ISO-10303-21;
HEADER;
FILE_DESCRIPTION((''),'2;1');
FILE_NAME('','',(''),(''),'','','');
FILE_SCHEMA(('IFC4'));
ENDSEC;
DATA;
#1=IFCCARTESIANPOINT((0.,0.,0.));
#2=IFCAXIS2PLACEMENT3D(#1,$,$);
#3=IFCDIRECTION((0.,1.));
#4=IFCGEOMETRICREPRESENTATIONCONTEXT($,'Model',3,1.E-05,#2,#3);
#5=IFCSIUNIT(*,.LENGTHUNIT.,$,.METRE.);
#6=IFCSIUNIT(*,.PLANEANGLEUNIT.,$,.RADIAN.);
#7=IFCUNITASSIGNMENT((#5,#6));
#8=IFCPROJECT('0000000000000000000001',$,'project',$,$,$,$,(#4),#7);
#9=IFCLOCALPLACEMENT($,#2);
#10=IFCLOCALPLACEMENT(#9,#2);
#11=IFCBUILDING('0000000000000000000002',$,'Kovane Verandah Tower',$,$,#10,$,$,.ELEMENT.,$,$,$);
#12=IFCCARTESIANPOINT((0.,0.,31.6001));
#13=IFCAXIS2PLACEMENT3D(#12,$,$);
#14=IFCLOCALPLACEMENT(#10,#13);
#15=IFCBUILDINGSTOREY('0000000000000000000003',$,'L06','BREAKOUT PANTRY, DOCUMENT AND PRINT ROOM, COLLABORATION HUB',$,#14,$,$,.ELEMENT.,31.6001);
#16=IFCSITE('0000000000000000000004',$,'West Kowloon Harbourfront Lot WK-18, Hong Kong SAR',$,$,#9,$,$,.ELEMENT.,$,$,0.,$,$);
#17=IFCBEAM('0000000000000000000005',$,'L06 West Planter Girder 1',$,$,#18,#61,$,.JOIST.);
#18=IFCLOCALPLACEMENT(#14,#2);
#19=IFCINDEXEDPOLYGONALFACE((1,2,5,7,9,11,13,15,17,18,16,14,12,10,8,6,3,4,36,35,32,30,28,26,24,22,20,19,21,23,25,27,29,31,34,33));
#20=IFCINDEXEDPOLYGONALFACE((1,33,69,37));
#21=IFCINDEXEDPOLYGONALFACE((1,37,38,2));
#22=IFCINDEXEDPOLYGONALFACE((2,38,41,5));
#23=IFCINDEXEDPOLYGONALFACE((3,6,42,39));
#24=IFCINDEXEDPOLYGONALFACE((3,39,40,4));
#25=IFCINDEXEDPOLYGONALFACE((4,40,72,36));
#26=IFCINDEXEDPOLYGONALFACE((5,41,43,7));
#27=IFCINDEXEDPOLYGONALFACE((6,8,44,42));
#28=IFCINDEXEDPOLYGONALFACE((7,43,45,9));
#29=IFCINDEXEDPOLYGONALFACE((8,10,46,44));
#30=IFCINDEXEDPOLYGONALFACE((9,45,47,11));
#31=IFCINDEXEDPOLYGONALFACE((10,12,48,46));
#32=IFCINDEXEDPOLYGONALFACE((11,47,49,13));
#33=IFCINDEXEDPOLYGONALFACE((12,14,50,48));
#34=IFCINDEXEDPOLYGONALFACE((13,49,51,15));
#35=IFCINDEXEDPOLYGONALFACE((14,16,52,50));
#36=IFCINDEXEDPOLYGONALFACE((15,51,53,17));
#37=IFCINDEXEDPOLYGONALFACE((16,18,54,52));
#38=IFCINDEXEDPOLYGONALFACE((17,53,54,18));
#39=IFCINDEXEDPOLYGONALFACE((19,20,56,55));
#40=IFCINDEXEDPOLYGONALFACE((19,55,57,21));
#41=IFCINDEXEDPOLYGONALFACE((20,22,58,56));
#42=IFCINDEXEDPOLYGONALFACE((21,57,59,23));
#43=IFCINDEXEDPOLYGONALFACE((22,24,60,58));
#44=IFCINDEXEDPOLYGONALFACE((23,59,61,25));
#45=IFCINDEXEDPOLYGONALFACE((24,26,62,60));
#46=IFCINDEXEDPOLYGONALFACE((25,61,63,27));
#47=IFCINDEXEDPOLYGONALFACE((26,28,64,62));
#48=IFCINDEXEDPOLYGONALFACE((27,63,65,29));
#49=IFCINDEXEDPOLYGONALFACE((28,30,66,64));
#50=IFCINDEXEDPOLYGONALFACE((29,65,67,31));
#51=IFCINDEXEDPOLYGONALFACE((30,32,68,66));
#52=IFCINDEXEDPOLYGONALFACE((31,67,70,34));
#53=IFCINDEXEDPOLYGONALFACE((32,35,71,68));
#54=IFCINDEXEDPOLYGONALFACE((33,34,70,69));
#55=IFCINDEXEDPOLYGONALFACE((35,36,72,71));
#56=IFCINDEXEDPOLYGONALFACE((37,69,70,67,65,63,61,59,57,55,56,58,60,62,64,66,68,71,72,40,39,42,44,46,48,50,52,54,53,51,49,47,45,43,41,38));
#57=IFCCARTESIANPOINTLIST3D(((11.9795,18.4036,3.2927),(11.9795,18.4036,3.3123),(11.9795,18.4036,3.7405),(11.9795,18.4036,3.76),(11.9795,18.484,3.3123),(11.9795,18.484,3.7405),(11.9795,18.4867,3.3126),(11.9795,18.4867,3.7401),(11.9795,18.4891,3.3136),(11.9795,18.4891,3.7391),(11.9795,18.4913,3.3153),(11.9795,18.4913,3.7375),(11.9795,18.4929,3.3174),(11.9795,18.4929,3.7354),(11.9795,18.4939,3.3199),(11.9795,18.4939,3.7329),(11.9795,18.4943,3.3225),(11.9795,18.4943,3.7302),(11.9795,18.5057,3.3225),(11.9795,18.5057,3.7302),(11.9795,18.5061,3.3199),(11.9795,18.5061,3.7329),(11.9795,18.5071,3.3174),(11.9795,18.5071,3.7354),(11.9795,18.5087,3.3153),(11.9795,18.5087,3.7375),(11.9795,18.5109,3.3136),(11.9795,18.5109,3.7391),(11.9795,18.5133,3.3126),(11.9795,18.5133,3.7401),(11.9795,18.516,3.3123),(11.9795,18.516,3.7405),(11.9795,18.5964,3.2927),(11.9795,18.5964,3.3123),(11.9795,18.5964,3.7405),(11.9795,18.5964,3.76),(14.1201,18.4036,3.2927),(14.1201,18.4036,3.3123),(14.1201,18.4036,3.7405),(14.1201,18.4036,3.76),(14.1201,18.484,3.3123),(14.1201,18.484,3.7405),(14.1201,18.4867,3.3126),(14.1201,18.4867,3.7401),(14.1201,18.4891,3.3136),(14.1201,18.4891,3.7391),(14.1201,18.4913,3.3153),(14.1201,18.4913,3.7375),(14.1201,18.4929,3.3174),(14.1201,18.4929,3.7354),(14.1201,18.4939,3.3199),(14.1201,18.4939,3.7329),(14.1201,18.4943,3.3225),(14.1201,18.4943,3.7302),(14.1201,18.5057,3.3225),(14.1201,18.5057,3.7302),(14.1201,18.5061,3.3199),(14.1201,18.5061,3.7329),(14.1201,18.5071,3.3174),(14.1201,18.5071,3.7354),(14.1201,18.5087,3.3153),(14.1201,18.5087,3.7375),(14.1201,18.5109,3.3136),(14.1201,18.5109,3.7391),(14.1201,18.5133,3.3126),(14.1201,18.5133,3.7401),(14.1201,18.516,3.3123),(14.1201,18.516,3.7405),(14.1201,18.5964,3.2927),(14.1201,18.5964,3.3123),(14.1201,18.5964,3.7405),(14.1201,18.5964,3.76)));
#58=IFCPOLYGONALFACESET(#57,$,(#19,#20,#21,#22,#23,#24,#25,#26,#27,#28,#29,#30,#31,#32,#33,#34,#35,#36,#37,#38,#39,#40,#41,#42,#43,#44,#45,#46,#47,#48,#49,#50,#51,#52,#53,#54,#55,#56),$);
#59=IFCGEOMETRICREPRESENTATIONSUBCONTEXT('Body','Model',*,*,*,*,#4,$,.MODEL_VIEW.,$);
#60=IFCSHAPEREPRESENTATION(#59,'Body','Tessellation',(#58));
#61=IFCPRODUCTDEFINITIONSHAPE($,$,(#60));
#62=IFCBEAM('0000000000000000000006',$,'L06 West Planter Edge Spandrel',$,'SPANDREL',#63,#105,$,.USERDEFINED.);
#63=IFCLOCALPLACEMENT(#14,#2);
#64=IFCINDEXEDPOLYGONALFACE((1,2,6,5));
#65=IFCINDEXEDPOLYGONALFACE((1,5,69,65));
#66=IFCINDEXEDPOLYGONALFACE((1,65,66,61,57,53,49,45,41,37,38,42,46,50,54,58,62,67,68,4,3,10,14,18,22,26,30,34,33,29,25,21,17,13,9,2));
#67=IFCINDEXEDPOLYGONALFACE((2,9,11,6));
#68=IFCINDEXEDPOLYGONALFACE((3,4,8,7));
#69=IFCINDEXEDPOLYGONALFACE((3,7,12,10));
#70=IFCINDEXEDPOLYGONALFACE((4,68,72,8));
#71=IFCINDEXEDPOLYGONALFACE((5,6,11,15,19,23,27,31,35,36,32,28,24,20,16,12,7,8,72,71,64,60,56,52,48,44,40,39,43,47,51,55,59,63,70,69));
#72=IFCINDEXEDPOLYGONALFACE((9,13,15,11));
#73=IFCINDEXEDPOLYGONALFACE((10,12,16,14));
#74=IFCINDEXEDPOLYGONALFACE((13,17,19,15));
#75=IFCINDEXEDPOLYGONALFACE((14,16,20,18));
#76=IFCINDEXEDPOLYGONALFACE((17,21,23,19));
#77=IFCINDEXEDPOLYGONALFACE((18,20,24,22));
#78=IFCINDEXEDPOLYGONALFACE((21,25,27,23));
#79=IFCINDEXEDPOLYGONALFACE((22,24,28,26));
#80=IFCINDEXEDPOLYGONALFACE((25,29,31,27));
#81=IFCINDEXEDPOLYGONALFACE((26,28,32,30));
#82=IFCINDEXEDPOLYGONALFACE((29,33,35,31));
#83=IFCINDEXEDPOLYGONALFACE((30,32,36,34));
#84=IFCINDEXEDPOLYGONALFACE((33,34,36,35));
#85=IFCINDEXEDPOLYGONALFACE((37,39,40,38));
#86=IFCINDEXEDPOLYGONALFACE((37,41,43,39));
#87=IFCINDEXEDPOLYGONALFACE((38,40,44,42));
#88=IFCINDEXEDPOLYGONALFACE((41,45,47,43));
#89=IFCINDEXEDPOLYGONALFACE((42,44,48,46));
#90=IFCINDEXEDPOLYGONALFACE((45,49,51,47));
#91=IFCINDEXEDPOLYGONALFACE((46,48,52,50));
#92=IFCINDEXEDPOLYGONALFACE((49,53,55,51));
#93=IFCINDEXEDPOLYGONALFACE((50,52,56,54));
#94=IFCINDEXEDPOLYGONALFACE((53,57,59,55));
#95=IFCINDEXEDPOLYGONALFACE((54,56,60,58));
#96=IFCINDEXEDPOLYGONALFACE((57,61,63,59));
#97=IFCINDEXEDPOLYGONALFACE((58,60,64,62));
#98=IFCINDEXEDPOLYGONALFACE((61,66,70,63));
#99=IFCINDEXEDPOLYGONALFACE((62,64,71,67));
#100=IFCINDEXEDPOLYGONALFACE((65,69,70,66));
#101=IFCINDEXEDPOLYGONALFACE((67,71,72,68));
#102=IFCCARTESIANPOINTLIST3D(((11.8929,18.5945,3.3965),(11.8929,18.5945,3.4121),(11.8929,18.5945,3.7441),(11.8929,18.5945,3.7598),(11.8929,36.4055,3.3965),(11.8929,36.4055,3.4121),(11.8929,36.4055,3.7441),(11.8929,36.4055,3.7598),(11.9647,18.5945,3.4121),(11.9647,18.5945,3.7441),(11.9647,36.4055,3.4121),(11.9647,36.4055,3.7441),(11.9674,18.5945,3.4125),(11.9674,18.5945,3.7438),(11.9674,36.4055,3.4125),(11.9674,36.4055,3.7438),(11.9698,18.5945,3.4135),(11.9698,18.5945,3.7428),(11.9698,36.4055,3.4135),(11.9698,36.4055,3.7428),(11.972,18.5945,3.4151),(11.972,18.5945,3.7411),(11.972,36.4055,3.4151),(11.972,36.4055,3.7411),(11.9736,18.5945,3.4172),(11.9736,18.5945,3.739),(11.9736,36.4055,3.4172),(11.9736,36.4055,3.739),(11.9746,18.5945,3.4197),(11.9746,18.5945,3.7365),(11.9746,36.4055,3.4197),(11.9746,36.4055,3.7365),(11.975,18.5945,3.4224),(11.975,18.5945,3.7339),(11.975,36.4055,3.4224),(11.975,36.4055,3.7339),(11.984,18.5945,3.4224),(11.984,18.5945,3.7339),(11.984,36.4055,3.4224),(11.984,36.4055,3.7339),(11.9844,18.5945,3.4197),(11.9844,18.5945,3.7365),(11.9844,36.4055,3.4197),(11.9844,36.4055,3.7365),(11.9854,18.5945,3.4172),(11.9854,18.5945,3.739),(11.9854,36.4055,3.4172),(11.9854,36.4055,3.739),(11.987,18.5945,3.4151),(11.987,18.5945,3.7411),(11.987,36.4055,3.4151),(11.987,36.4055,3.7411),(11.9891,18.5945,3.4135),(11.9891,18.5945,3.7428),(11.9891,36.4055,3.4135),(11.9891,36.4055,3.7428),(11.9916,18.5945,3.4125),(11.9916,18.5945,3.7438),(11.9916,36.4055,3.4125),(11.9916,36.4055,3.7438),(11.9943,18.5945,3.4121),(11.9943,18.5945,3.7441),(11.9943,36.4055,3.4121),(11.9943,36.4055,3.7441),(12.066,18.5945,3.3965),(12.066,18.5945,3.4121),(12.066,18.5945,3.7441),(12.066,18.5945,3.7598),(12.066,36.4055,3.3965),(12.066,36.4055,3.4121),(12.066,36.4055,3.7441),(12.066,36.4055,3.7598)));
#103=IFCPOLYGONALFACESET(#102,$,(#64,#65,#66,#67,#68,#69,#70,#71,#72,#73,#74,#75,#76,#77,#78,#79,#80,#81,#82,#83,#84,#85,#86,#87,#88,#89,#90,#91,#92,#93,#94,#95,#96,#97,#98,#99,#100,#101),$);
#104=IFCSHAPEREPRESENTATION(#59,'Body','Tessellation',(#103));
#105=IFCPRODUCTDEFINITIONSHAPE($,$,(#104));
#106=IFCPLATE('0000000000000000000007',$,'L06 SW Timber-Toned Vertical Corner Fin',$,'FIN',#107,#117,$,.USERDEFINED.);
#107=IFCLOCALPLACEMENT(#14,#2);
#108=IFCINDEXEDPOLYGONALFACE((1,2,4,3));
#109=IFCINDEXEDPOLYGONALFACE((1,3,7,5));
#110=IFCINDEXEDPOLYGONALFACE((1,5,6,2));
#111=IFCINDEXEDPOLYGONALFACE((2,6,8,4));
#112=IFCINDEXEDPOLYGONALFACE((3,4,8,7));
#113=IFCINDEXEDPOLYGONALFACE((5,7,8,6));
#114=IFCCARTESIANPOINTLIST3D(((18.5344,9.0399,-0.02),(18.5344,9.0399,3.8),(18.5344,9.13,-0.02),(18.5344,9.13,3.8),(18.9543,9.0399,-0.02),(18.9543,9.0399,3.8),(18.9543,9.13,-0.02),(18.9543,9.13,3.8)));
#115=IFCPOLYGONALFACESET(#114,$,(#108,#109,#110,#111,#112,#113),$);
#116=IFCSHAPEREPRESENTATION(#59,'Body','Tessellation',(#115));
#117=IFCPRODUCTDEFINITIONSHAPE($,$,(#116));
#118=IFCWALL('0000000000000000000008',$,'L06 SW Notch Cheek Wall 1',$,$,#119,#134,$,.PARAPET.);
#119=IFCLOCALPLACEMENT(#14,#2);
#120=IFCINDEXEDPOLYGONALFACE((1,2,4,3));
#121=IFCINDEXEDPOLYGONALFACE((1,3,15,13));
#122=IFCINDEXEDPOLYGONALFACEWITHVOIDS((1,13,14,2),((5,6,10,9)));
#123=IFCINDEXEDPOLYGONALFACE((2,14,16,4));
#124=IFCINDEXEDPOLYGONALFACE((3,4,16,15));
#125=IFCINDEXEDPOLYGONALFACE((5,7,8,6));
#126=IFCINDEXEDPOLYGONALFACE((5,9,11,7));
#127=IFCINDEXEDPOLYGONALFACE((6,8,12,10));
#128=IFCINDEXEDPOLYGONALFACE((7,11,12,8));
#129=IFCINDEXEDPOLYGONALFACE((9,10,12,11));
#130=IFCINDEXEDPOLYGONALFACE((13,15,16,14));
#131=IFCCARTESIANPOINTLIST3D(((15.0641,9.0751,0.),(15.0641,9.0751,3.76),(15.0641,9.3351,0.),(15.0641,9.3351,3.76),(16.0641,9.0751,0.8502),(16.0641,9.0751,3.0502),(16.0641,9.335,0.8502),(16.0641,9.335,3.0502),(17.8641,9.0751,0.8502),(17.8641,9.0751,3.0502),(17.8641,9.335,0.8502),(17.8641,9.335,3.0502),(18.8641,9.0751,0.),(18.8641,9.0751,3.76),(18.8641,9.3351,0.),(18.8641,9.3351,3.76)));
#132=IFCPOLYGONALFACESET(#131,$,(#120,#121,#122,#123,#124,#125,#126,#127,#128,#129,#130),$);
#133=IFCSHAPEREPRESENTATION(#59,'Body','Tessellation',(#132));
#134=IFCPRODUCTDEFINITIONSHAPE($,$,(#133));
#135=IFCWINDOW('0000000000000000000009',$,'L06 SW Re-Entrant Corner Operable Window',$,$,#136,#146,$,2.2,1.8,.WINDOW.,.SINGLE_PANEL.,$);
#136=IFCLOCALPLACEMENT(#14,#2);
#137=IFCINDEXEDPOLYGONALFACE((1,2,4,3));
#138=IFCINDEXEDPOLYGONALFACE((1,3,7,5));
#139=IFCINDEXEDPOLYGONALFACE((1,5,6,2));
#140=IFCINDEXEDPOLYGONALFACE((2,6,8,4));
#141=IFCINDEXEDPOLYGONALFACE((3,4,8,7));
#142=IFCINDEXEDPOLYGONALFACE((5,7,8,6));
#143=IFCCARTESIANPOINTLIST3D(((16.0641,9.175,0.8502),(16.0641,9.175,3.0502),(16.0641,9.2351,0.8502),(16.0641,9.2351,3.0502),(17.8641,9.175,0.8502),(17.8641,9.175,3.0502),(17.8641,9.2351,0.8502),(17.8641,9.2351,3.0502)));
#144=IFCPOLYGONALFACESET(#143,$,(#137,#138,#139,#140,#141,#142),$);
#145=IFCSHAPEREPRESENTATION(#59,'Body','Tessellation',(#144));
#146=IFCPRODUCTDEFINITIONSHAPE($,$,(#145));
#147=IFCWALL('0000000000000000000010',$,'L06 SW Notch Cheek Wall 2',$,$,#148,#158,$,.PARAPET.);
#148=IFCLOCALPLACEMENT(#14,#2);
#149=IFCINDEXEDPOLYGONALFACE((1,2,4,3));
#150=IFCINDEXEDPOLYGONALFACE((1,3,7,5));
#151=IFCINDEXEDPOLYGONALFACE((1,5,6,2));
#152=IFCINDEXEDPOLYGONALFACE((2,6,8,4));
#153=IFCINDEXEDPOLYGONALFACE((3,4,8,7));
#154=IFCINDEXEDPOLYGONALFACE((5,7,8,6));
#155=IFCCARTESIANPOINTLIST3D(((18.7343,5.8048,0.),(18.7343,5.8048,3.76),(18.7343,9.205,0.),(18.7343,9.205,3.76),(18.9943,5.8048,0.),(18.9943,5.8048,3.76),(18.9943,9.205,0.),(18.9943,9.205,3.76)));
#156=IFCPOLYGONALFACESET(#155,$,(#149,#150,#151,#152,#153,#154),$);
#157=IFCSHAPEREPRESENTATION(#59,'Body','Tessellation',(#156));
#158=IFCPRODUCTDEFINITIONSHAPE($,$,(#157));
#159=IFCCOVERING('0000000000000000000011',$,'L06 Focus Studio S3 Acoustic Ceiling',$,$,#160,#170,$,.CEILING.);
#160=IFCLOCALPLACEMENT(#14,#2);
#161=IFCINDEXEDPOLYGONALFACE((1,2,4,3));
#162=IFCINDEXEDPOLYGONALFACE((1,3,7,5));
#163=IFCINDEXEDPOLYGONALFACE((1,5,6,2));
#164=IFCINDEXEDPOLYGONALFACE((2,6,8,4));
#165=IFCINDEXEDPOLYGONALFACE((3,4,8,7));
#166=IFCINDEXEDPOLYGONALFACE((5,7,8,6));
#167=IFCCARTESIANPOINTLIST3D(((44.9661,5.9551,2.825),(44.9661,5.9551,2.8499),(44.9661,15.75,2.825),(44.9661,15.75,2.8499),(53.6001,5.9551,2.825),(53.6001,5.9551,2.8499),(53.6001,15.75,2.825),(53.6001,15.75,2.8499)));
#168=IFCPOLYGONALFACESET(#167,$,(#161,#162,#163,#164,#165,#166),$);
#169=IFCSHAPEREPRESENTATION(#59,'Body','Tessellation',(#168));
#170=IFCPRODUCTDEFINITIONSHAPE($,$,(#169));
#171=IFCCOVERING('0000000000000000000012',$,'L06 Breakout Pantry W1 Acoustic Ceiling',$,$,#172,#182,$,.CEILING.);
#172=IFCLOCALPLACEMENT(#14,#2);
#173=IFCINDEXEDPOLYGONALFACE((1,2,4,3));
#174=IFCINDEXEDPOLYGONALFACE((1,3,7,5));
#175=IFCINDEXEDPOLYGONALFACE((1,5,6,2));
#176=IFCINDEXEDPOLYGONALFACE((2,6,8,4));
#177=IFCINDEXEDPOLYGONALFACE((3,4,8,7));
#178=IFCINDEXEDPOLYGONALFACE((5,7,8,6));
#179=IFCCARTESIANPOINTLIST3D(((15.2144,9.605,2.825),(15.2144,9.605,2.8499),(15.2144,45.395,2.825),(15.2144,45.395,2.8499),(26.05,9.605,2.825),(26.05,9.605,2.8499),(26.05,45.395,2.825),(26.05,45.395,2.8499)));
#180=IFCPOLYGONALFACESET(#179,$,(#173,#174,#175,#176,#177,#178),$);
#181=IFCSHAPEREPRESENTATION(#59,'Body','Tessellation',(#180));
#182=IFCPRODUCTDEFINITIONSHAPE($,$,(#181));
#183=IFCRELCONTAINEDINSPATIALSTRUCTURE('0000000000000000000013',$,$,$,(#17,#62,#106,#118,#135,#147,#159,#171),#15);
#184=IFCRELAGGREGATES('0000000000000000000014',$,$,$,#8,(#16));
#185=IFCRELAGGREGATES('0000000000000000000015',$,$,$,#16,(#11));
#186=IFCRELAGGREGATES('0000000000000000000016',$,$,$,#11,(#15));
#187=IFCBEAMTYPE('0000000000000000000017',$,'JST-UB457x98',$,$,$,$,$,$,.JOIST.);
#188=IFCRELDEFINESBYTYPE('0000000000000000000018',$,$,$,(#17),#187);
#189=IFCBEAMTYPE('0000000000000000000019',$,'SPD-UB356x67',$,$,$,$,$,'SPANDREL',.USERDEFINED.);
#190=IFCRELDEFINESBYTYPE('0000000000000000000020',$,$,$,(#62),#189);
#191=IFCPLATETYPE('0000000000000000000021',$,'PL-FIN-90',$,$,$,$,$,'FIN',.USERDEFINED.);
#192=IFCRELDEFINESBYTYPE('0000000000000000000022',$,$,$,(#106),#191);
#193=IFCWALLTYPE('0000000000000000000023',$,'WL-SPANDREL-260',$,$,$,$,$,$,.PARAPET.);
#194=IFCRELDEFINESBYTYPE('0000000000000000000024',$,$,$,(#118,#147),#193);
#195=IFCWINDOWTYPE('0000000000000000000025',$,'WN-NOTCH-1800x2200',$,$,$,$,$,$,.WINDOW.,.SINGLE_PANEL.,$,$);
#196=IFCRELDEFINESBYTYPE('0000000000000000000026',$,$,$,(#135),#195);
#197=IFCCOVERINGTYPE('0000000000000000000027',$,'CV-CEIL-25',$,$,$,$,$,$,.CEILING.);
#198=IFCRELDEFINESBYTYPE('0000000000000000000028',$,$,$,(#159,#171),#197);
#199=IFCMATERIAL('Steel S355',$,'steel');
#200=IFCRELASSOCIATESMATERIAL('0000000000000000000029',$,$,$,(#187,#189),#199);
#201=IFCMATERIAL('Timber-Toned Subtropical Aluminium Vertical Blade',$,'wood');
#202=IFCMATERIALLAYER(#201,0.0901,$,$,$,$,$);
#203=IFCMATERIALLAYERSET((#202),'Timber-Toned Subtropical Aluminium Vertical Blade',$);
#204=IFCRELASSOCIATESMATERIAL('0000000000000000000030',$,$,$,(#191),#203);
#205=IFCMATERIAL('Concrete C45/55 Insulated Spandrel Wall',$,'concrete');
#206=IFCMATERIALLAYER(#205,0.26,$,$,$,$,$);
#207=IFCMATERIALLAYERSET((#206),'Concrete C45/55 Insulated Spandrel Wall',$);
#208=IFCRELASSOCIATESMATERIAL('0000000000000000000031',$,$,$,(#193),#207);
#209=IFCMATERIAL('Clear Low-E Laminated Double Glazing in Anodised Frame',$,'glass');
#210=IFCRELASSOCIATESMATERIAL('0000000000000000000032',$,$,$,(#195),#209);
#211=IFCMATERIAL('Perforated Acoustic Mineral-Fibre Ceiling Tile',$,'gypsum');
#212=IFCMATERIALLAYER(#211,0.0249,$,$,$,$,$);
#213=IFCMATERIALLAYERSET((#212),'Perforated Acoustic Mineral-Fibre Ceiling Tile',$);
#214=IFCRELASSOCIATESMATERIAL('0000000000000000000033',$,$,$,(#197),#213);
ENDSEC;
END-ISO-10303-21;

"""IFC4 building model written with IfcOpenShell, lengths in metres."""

from ifc_helpers import new_model, si_unit, direction, frame, frame_2d, origin, origin_2d, place, context, subcontext, project, spatial, polyline, rectangle, i_section, outline, extrude, material, layer, layer_set, material_profile, profile_set, type_object, element, fill, save


model = new_model("IFC4")

# Units and contexts
model_context = context("Model", 3, precision=1e-05, world=origin(), true_north=direction((0.0, 1.0)))
body_context = subcontext(model_context, "Body", "Model", "MODEL_VIEW")
ifc_project = project(units=[si_unit("LENGTHUNIT", "METRE"), si_unit("PLANEANGLEUNIT", "RADIAN")], contexts=[model_context])

# Site, building, storey
site_placement = place(None, origin())
site = spatial("IfcSite", under=ifc_project, at=site_placement, Name="West Kowloon Harbourfront Lot WK-18, Hong Kong SAR", CompositionType="ELEMENT", RefElevation=0.0)
building_placement = place(site_placement, origin())
building = spatial("IfcBuilding", under=site, at=building_placement, Name="Kovane Verandah Tower", CompositionType="ELEMENT")
storey_placement = place(building_placement, frame((0.0, 0.0, 31.6001)))
storey = spatial("IfcBuildingStorey", under=building, at=storey_placement, Name="L06", Description="BREAKOUT PANTRY, DOCUMENT AND PRINT ROOM, COLLABORATION HUB", CompositionType="ELEMENT", Elevation=31.6001)

# Shared definitions
ifc_material_1 = material(Name="Steel S355", Category="steel")

# Beams
ifc_material_profile_1 = material_profile(ifc_material_1, i_section(OverallWidth=0.1929, OverallDepth=0.4673, WebThickness=0.0115, FlangeThickness=0.0195, FilletRadius=0.0103, at=origin_2d()), Name="UB457x191x98")
ifc_profile_set_1 = profile_set([ifc_material_profile_1], Name="Steel S355")
beam_type_1 = type_object("IfcBeamType", Name="JST-UB457x98", PredefinedType="JOIST", material=ifc_profile_set_1)
beam_1_placement = place(storey_placement, frame((14.1201, 18.5, 3.5264), z_axis=(-1.0, 0.0, 0.0), x_axis=(0.0, -1.0, 0.0)))
element("IfcBeam", 1, at=beam_1_placement, inside=storey, type_object=beam_type_1, Name="L06 West Planter Girder 1", PredefinedType="JOIST", context=body_context, shape_type="SweptSolid", body=[
    extrude(i_section(OverallWidth=0.1929, OverallDepth=0.4673, WebThickness=0.0115, FlangeThickness=0.0195, FilletRadius=0.0103, at=origin_2d()), origin(), (0.0, 0.0, 1.0), 2.1406),
])
ifc_material_profile_2 = material_profile(ifc_material_1, i_section(OverallWidth=0.1731, OverallDepth=0.3633, WebThickness=0.009, FlangeThickness=0.0156, FilletRadius=0.0103, at=origin_2d()), Name="UB356x171x67")
ifc_profile_set_2 = profile_set([ifc_material_profile_2], Name="Steel S355")
beam_type_2 = type_object("IfcBeamType", Name="SPD-UB356x67", ElementType="SPANDREL", PredefinedType="USERDEFINED", material=ifc_profile_set_2)
beam_2_placement = place(storey_placement, frame((11.9795, 18.5945, 3.5781), z_axis=(0.0, 1.0, 0.0), x_axis=(-1.0, 0.0, 0.0)))
element("IfcBeam", 2, at=beam_2_placement, inside=storey, type_object=beam_type_2, Name="L06 West Planter Edge Spandrel", ObjectType="SPANDREL", PredefinedType="USERDEFINED", context=body_context, shape_type="SweptSolid", body=[
    extrude(i_section(OverallWidth=0.1731, OverallDepth=0.3633, WebThickness=0.009, FlangeThickness=0.0156, FilletRadius=0.0103, at=origin_2d()), origin(), (0.0, 0.0, 1.0), 17.811),
])

# Plate
ifc_material_2 = material(Name="Timber-Toned Subtropical Aluminium Vertical Blade", Category="wood")
ifc_layer_1 = layer(ifc_material_2, 0.0901)
ifc_layer_set_1 = layer_set([ifc_layer_1], Name="Timber-Toned Subtropical Aluminium Vertical Blade")
plate_type = type_object("IfcPlateType", Name="PL-FIN-90", ElementType="FIN", PredefinedType="USERDEFINED", material=ifc_layer_set_1)
plate_placement = place(storey_placement, frame((18.7444, 9.085, -0.02), z_axis=(0.0, 0.0, 1.0), x_axis=(1.0, 0.0, 0.0)))
element("IfcPlate", 3, at=plate_placement, inside=storey, type_object=plate_type, Name="L06 SW Timber-Toned Vertical Corner Fin", ObjectType="FIN", PredefinedType="USERDEFINED", context=body_context, shape_type="SweptSolid", body=[
    extrude(rectangle(XDim=0.4199, YDim=0.0901, at=origin_2d()), origin(), (0.0, 0.0, 1.0), 3.8201),
])

# Wall, opening, window
ifc_material_3 = material(Name="Concrete C45/55 Insulated Spandrel Wall", Category="concrete")
ifc_layer_2 = layer(ifc_material_3, 0.26)
ifc_layer_set_2 = layer_set([ifc_layer_2], Name="Concrete C45/55 Insulated Spandrel Wall")
wall_type = type_object("IfcWallType", Name="WL-SPANDREL-260", PredefinedType="PARAPET", material=ifc_layer_set_2)
wall_1_placement = place(storey_placement, frame((15.0642, 9.2051, 0.0), z_axis=(0.0, 0.0, 1.0), x_axis=(1.0, 0.0, 0.0)))
wall_1 = element("IfcWall", 4, at=wall_1_placement, inside=storey, type_object=wall_type, Name="L06 SW Notch Cheek Wall 1", PredefinedType="PARAPET", context=body_context, shape_type="SweptSolid", body=[
    extrude(rectangle(XDim=3.8, YDim=0.26, at=frame_2d((1.8999, 0.0))), origin(), (0.0, 0.0, 1.0), 3.76),
])
opening_placement = place(wall_1_placement, frame((1.0, 0.0, 0.8501)))
opening = element("IfcOpeningElement", 5, at=opening_placement, cuts=wall_1, PredefinedType="OPENING", context=body_context, shape_type="SweptSolid", body=[
    extrude(rectangle(XDim=1.8, YDim=2.2, at=frame_2d((0.8999, 1.1001))), frame((0.0, 0.1299, 0.0), z_axis=(0.0, -1.0, 0.0), x_axis=(1.0, 0.0, 0.0)), (0.0, 0.0, 1.0), 0.26),
])
ifc_material_4 = material(Name="Clear Low-E Laminated Double Glazing in Anodised Frame", Category="glass")
window_type = type_object("IfcWindowType", Name="WN-NOTCH-1800x2200", PartitioningType="SINGLE_PANEL", PredefinedType="WINDOW", material=ifc_material_4)
window_placement = place(opening_placement, origin())
window = element("IfcWindow", 6, at=window_placement, inside=storey, type_object=window_type, Name="L06 SW Re-Entrant Corner Operable Window", OverallHeight=2.2, OverallWidth=1.8, PartitioningType="SINGLE_PANEL", PredefinedType="WINDOW", context=body_context, shape_type="SweptSolid", body=[
    extrude(rectangle(XDim=1.8, YDim=2.2, at=frame_2d((0.8999, 1.1001))), frame((0.0, 0.03, 0.0), z_axis=(0.0, -1.0, 0.0), x_axis=(1.0, 0.0, 0.0)), (0.0, 0.0, 1.0), 0.0601),
])
fill(opening, window)

# Wall
wall_2_placement = place(storey_placement, frame((18.8643, 9.2051, 0.0), z_axis=(0.0, 0.0, 1.0), x_axis=(0.0, -1.0, 0.0)))
element("IfcWall", 7, at=wall_2_placement, inside=storey, type_object=wall_type, Name="L06 SW Notch Cheek Wall 2", PredefinedType="PARAPET", context=body_context, shape_type="SweptSolid", body=[
    extrude(rectangle(XDim=3.4001, YDim=0.26, at=frame_2d((1.7002, 0.0))), origin(), (0.0, 0.0, 1.0), 3.76),
])

# Coverings
ifc_material_5 = material(Name="Perforated Acoustic Mineral-Fibre Ceiling Tile", Category="gypsum")
ifc_layer_3 = layer(ifc_material_5, 0.0249)
ifc_layer_set_3 = layer_set([ifc_layer_3], Name="Perforated Acoustic Mineral-Fibre Ceiling Tile")
covering_type_1 = type_object("IfcCoveringType", Name="CV-CEIL-25", PredefinedType="CEILING", material=ifc_layer_set_3)
covering_1_placement = place(storey_placement, frame((0.0, 0.0, 2.825)))
element("IfcCovering", 8, at=covering_1_placement, inside=storey, type_object=covering_type_1, Name="L06 Focus Studio S3 Acoustic Ceiling", PredefinedType="CEILING", context=body_context, shape_type="SweptSolid", body=[
    extrude(outline(polyline([(44.9661, 5.9551), (53.6001, 5.9551), (53.6001, 15.75), (44.9661, 15.75), (44.9661, 5.9551)])), origin(), (0.0, 0.0, 1.0), 0.0249),
])
covering_2_placement = place(storey_placement, frame((0.0, 0.0, 2.825)))
element("IfcCovering", 9, at=covering_2_placement, inside=storey, type_object=covering_type_1, Name="L06 Breakout Pantry W1 Acoustic Ceiling", PredefinedType="CEILING", context=body_context, shape_type="SweptSolid", body=[
    extrude(outline(polyline([(15.2144, 9.605), (26.05, 9.605), (26.05, 45.395), (15.2144, 45.395), (15.2144, 9.605)])), origin(), (0.0, 0.0, 1.0), 0.0249),
])

save(model, "model.ifc")
